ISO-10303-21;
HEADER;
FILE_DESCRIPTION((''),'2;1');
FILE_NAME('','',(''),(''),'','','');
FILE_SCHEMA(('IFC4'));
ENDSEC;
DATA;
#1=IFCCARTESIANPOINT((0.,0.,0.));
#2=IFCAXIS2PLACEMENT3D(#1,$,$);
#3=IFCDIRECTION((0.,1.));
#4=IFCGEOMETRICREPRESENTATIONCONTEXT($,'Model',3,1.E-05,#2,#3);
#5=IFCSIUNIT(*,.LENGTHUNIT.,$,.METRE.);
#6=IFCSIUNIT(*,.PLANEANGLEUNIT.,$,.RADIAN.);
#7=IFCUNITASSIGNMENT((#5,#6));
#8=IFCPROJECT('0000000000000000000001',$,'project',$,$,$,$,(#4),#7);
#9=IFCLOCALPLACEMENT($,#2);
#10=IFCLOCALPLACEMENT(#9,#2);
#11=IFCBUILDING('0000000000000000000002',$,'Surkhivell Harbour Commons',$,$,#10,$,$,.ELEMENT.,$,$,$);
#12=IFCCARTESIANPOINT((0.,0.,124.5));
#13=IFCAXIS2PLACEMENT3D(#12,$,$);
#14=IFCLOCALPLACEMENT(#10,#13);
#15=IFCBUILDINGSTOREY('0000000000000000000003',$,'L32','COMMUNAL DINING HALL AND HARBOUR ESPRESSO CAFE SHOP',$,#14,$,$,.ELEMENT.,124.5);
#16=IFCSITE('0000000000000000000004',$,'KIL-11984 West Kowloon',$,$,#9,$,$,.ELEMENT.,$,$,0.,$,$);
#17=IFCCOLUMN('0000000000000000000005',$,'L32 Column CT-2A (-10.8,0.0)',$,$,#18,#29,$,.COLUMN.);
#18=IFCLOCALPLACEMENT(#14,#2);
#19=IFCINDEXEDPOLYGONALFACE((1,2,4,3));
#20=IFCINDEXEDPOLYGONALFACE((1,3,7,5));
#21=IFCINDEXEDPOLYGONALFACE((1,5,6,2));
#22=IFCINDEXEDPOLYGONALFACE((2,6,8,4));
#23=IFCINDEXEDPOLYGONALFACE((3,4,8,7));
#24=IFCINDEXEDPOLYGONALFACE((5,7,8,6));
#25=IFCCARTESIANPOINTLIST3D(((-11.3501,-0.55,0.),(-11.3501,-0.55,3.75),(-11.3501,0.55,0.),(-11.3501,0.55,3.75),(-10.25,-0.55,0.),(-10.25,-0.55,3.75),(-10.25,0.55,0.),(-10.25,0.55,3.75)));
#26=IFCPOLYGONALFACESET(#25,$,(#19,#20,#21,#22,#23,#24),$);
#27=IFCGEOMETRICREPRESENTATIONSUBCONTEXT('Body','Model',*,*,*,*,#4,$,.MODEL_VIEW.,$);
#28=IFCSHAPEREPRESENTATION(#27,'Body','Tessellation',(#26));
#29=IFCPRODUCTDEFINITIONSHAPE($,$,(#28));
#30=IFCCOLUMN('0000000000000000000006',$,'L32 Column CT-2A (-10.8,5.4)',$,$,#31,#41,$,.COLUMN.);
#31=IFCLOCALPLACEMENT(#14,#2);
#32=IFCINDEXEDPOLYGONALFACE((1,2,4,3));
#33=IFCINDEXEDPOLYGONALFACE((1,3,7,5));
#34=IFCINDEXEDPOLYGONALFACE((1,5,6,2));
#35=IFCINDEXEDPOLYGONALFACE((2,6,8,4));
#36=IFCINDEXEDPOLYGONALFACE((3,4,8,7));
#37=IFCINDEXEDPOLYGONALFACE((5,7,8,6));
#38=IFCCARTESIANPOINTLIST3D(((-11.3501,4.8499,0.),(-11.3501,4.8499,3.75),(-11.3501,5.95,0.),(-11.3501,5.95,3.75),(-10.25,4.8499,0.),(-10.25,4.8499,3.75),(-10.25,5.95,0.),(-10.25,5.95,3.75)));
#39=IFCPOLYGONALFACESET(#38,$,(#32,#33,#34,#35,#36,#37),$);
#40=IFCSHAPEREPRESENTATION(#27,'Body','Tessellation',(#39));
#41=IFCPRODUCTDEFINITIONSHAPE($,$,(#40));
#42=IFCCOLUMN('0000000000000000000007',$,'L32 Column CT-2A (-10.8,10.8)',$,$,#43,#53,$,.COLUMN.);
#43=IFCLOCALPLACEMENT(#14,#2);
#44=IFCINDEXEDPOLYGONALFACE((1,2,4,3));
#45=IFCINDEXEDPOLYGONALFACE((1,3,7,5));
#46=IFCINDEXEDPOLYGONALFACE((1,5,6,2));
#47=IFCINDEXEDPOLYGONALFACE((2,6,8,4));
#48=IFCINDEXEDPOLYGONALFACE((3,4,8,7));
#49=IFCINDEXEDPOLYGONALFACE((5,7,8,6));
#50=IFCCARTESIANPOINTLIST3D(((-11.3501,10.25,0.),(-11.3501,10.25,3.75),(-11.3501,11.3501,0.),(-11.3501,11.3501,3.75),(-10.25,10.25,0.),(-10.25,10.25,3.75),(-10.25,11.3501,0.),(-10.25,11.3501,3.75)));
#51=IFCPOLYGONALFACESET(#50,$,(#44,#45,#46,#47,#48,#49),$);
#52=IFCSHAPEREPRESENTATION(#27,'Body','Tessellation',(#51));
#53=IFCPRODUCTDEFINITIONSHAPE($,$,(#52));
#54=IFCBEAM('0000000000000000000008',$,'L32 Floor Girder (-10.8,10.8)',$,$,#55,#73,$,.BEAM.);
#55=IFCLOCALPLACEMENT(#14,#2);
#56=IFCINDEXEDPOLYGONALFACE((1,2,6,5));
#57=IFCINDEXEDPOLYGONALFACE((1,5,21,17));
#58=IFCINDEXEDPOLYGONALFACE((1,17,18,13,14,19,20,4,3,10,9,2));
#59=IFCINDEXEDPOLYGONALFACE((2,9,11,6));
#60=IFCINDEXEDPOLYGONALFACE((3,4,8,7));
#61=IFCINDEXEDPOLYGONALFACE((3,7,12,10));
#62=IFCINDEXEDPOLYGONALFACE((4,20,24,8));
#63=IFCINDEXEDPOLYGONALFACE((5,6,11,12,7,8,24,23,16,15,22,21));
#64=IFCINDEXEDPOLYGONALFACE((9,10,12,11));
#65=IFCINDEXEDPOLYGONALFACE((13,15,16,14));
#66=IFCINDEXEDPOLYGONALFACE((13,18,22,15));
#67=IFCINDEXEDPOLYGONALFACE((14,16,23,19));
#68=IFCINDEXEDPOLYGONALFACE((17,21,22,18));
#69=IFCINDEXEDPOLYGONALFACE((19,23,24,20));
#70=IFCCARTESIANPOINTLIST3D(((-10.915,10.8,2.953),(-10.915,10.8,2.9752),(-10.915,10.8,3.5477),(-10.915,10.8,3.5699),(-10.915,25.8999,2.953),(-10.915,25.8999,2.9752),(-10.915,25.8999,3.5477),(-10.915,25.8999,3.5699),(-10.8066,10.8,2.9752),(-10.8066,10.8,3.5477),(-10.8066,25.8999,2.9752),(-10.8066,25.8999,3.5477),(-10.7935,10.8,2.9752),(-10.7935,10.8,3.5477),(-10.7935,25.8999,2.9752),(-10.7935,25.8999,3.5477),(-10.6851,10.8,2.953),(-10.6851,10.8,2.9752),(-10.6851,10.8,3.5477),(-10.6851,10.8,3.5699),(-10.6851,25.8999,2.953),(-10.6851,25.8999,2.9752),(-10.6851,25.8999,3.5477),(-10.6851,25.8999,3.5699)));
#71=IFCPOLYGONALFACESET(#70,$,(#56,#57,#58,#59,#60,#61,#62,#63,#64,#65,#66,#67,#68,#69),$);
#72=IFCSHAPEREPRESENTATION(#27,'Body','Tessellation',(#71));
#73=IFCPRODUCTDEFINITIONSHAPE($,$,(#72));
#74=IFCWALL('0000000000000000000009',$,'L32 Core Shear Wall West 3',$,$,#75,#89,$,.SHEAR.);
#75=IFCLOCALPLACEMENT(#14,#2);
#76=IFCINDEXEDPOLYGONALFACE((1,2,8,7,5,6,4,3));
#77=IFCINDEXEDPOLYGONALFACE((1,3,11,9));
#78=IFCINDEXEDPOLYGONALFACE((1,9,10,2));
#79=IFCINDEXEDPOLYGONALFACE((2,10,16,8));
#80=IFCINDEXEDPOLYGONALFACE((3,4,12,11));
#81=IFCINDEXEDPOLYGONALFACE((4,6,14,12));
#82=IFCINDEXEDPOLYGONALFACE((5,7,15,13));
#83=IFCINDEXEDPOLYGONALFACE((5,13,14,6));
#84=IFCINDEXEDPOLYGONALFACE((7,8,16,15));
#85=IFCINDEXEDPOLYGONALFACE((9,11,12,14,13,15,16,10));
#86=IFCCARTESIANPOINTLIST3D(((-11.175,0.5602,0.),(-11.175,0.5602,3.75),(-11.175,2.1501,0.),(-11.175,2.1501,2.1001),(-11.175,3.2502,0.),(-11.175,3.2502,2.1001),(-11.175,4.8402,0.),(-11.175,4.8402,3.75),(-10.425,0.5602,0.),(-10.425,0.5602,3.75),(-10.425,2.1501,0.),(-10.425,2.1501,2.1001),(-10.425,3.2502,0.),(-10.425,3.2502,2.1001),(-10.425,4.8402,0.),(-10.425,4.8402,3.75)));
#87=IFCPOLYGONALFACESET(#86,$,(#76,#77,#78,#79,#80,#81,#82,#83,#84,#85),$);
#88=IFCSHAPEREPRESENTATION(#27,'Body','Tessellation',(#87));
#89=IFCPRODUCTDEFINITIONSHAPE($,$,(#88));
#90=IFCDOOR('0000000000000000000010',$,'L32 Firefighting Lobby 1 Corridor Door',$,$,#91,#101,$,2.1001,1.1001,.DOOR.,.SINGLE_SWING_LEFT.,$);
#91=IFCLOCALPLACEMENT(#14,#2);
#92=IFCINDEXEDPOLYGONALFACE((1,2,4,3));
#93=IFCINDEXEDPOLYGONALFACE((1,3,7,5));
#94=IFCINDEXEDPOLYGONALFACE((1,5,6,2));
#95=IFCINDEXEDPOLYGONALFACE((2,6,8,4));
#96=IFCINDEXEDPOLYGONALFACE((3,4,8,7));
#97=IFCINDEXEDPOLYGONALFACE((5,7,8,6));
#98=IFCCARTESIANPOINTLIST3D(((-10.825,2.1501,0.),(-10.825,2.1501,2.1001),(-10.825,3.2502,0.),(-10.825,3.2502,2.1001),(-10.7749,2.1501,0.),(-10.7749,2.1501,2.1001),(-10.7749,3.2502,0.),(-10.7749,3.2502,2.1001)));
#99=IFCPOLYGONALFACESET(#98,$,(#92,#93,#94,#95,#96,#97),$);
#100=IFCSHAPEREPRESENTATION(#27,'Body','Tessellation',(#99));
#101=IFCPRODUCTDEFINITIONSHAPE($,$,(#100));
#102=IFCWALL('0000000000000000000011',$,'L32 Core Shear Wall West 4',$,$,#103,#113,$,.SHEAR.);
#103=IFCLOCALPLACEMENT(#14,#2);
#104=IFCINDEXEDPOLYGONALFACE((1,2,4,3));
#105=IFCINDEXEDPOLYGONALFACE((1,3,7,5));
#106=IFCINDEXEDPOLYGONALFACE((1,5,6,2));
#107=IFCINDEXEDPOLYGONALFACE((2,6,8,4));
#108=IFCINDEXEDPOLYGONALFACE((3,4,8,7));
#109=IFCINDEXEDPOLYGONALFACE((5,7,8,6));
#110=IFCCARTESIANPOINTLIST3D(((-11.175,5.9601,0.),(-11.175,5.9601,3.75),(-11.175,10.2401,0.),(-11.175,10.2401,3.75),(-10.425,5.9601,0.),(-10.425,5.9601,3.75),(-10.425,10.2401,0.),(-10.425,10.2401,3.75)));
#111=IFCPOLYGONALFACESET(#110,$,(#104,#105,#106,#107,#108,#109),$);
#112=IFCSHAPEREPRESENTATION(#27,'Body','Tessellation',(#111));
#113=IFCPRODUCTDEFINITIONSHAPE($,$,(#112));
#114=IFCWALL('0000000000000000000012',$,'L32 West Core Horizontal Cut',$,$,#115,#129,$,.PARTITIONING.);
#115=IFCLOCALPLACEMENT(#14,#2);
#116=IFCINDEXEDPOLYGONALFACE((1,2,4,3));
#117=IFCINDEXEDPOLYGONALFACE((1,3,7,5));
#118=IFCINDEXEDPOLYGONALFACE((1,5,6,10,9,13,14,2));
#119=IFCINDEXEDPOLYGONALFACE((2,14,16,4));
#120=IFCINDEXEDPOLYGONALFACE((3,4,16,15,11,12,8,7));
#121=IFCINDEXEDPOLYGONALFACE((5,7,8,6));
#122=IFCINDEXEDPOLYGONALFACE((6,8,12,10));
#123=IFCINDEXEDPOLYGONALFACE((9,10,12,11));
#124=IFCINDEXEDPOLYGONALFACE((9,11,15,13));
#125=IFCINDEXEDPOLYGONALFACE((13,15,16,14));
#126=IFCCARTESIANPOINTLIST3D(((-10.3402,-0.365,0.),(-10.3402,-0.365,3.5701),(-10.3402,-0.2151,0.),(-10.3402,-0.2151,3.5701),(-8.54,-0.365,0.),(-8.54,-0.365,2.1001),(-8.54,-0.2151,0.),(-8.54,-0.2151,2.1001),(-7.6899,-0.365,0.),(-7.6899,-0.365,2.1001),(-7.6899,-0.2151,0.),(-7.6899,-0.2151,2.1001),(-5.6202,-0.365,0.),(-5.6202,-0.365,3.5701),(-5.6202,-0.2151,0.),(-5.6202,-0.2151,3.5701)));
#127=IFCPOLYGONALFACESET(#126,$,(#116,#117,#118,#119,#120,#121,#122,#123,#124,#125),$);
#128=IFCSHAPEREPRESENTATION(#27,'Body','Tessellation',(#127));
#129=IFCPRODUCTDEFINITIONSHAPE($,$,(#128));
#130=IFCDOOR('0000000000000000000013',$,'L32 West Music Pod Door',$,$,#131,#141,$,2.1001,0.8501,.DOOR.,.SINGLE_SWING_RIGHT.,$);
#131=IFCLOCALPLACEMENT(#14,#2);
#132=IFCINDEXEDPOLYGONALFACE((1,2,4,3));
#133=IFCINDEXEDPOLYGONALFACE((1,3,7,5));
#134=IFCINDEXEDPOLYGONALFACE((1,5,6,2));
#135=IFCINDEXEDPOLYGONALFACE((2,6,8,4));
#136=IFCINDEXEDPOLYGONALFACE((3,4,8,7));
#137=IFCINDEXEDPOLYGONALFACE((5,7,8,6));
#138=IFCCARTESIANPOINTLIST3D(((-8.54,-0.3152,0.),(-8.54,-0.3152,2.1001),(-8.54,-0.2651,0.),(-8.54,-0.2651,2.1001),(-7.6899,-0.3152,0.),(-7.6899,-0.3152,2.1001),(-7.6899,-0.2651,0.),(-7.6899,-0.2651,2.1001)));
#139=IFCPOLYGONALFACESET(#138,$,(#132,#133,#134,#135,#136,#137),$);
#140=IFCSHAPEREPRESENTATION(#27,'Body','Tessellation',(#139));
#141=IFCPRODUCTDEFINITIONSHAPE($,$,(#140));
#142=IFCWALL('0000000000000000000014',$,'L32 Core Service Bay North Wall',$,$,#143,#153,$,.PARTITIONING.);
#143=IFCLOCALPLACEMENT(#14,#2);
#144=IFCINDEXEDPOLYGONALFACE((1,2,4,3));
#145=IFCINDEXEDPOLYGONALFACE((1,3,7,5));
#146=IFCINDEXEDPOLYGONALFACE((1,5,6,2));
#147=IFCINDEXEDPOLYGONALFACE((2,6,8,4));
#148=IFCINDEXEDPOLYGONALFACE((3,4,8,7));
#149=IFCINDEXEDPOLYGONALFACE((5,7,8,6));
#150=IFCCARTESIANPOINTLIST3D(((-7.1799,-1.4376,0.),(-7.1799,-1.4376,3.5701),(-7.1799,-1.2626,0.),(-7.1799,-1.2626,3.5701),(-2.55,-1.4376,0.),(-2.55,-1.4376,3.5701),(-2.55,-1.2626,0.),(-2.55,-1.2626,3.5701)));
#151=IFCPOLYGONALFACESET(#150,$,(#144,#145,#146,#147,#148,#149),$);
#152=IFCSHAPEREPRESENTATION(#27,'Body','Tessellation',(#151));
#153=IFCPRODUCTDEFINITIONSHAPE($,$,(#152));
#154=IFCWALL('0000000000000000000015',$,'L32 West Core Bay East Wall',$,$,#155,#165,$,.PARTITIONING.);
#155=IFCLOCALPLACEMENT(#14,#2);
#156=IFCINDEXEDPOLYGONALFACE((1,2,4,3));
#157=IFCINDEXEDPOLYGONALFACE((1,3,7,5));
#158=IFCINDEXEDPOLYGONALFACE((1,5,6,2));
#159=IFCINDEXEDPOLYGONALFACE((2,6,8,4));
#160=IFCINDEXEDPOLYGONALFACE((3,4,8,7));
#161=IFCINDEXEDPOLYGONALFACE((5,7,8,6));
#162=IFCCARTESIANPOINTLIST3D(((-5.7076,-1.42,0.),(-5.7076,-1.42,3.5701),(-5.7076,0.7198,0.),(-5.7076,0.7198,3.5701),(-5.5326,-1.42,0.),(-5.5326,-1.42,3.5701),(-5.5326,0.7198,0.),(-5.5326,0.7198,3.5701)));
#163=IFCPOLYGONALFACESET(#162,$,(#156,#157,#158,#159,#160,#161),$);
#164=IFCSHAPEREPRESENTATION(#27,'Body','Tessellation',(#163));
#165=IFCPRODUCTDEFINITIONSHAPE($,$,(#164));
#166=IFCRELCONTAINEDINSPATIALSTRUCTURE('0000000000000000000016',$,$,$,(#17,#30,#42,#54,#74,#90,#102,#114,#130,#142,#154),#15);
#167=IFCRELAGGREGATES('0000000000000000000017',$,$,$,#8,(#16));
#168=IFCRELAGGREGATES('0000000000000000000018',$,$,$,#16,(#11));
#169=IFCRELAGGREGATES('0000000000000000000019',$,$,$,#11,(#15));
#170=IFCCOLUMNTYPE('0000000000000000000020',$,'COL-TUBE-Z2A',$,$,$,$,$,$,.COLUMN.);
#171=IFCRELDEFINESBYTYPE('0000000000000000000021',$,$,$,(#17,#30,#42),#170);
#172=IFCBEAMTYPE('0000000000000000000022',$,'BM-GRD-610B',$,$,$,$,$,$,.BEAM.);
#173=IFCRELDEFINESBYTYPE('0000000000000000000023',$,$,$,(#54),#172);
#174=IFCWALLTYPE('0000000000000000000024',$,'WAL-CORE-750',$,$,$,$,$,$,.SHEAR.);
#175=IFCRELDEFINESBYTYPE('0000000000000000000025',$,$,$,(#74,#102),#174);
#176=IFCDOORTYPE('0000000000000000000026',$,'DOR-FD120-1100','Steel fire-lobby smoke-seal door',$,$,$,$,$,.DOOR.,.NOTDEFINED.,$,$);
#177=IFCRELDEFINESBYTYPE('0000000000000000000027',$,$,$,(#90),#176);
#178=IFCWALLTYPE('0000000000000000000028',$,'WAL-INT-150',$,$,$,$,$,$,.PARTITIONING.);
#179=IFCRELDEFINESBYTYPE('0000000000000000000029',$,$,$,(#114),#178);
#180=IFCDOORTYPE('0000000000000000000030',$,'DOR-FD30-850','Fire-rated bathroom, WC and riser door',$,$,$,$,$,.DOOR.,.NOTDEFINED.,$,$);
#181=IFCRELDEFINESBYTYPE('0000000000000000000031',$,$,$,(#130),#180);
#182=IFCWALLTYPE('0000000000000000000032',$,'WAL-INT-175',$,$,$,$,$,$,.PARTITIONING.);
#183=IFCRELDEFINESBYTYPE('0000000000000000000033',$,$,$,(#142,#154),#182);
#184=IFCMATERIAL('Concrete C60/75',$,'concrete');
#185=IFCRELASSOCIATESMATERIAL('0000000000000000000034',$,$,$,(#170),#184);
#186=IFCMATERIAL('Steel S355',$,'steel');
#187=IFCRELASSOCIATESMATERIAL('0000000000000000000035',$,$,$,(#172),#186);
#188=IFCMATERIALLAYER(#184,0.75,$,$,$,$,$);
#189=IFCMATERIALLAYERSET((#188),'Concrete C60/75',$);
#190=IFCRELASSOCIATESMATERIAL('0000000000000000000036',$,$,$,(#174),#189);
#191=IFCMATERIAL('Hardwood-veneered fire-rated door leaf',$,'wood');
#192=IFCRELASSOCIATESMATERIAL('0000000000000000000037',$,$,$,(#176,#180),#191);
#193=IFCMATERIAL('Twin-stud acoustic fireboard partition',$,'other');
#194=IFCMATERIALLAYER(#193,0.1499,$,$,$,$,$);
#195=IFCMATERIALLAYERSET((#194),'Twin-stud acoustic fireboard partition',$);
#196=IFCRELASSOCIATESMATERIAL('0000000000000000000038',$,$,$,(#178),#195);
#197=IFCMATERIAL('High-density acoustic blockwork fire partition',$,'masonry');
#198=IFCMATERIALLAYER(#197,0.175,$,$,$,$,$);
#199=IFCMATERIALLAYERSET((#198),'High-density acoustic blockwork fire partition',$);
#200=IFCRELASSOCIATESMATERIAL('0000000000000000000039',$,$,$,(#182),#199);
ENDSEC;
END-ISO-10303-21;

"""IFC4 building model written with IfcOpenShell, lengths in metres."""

from ifc_helpers import new_model, si_unit, direction, frame, frame_2d, origin, origin_2d, place, context, subcontext, project, spatial, rectangle, i_section, extrude, material, layer, layer_set, material_profile, profile_set, type_object, element, fill, save


model = new_model("IFC4")

# Units and contexts
model_context = context("Model", 3, precision=1e-05, world=origin(), true_north=direction((0.0, 1.0)))
body_context = subcontext(model_context, "Body", "Model", "MODEL_VIEW")
ifc_project = project(units=[si_unit("LENGTHUNIT", "METRE"), si_unit("PLANEANGLEUNIT", "RADIAN")], contexts=[model_context])

# Site, building, storey
site_placement = place(None, origin())
site = spatial("IfcSite", under=ifc_project, at=site_placement, Name="KIL-11984 West Kowloon", CompositionType="ELEMENT", RefElevation=0.0)
building_placement = place(site_placement, origin())
building = spatial("IfcBuilding", under=site, at=building_placement, Name="Surkhivell Harbour Commons", CompositionType="ELEMENT")
storey_placement = place(building_placement, frame((0.0, 0.0, 124.5)))
storey = spatial("IfcBuildingStorey", under=building, at=storey_placement, Name="L32", Description="COMMUNAL DINING HALL AND HARBOUR ESPRESSO CAFE SHOP", CompositionType="ELEMENT", Elevation=124.5)

# Columns
ifc_material_1 = material(Name="Concrete C60/75", Category="concrete")
ifc_material_profile_1 = material_profile(ifc_material_1, rectangle(XDim=1.1001, YDim=1.1001, at=origin_2d()), Name="RC-COL-1100x1100")
ifc_profile_set_1 = profile_set([ifc_material_profile_1], Name="Concrete C60/75")
column_type = type_object("IfcColumnType", Name="COL-TUBE-Z2A", PredefinedType="COLUMN", material=ifc_profile_set_1)
for number, where, z_axis, x_axis, name in (
    (1, (-10.8, 0.0, 0.0), (0.0, 0.0, 1.0), (1.0, 0.0, 0.0), "L32 Column CT-2A (-10.8,0.0)"),
    (2, (-10.8, 5.3999, 0.0), (0.0, 0.0, 1.0), (1.0, 0.0, 0.0), "L32 Column CT-2A (-10.8,5.4)"),
    (3, (-10.8, 10.8, 0.0), (0.0, 0.0, 1.0), (1.0, 0.0, 0.0), "L32 Column CT-2A (-10.8,10.8)"),
):
    element("IfcColumn", number, at=place(storey_placement, frame(where, z_axis=z_axis, x_axis=x_axis)), inside=storey, type_object=column_type, Name=name, PredefinedType="COLUMN", context=body_context, shape_type="SweptSolid", body=[
        extrude(rectangle(XDim=1.1001, YDim=1.1001, at=origin_2d()), origin(), (0.0, 0.0, 1.0), 3.75),
    ])

# Beam
ifc_material_2 = material(Name="Steel S355", Category="steel")
ifc_material_profile_2 = material_profile(ifc_material_2, i_section(OverallWidth=0.23, OverallDepth=0.6169, WebThickness=0.0132, FlangeThickness=0.0222, at=origin_2d()), Name="UB610x229x140")
ifc_profile_set_2 = profile_set([ifc_material_profile_2], Name="Steel S355")
beam_type = type_object("IfcBeamType", Name="BM-GRD-610B", PredefinedType="BEAM", material=ifc_profile_set_2)
beam_placement = place(storey_placement, frame((-10.8, 10.8, 3.2615), z_axis=(0.0, 1.0, 0.0), x_axis=(-1.0, 0.0, 0.0)))
element("IfcBeam", 4, at=beam_placement, inside=storey, type_object=beam_type, Name="L32 Floor Girder (-10.8,10.8)", PredefinedType="BEAM", context=body_context, shape_type="SweptSolid", body=[
    extrude(i_section(OverallWidth=0.23, OverallDepth=0.6169, WebThickness=0.0132, FlangeThickness=0.0222, at=origin_2d()), origin(), (0.0, 0.0, 1.0), 15.0999),
])

# Wall, opening, door
ifc_layer_1 = layer(ifc_material_1, 0.75)
ifc_layer_set_1 = layer_set([ifc_layer_1], Name="Concrete C60/75")
wall_type_1 = type_object("IfcWallType", Name="WAL-CORE-750", PredefinedType="SHEAR", material=ifc_layer_set_1)
wall_1_placement = place(storey_placement, frame((-10.8, 0.5601, 0.0), z_axis=(0.0, 0.0, 1.0), x_axis=(0.0, 1.0, 0.0)))
wall_1 = element("IfcWall", 5, at=wall_1_placement, inside=storey, type_object=wall_type_1, Name="L32 Core Shear Wall West 3", PredefinedType="SHEAR", context=body_context, shape_type="SweptSolid", body=[
    extrude(rectangle(XDim=4.28, YDim=0.75, at=frame_2d((2.1401, 0.0))), origin(), (0.0, 0.0, 1.0), 3.75),
])
opening_1_placement = place(wall_1_placement, frame((1.5901, 0.0, 0.0)))
opening_1 = element("IfcOpeningElement", 6, at=opening_1_placement, cuts=wall_1, PredefinedType="OPENING", context=body_context, shape_type="SweptSolid", body=[
    extrude(rectangle(XDim=1.1001, YDim=2.1001, at=frame_2d((0.55, 1.05))), frame((0.0, 0.385, 0.0), z_axis=(0.0, -1.0, 0.0), x_axis=(1.0, 0.0, 0.0)), (0.0, 0.0, 1.0), 0.77),
])
ifc_material_3 = material(Name="Hardwood-veneered fire-rated door leaf", Category="wood")
door_type_1 = type_object("IfcDoorType", Name="DOR-FD120-1100", Description="Steel fire-lobby smoke-seal door", OperationType="NOTDEFINED", PredefinedType="DOOR", material=ifc_material_3)
door_1_placement = place(opening_1_placement, origin())
door_1 = element("IfcDoor", 7, at=door_1_placement, inside=storey, type_object=door_type_1, Name="L32 Firefighting Lobby 1 Corridor Door", OperationType="SINGLE_SWING_LEFT", OverallHeight=2.1001, OverallWidth=1.1001, PredefinedType="DOOR", context=body_context, shape_type="SweptSolid", body=[
    extrude(rectangle(XDim=1.1001, YDim=2.1001, at=frame_2d((0.55, 1.05))), frame((0.0, 0.0249, 0.0), z_axis=(0.0, -1.0, 0.0), x_axis=(1.0, 0.0, 0.0)), (0.0, 0.0, 1.0), 0.05),
])
fill(opening_1, door_1)

# Wall
wall_2_placement = place(storey_placement, frame((-10.8, 5.96, 0.0), z_axis=(0.0, 0.0, 1.0), x_axis=(0.0, 1.0, 0.0)))
element("IfcWall", 8, at=wall_2_placement, inside=storey, type_object=wall_type_1, Name="L32 Core Shear Wall West 4", PredefinedType="SHEAR", context=body_context, shape_type="SweptSolid", body=[
    extrude(rectangle(XDim=4.28, YDim=0.75, at=frame_2d((2.1401, 0.0))), origin(), (0.0, 0.0, 1.0), 3.75),
])

# Wall, opening, door
ifc_material_4 = material(Name="Twin-stud acoustic fireboard partition", Category="other")
ifc_layer_2 = layer(ifc_material_4, 0.1499)
ifc_layer_set_2 = layer_set([ifc_layer_2], Name="Twin-stud acoustic fireboard partition")
wall_type_2 = type_object("IfcWallType", Name="WAL-INT-150", PredefinedType="PARTITIONING", material=ifc_layer_set_2)
wall_3_placement = place(storey_placement, frame((-10.3401, -0.29, 0.0), z_axis=(0.0, 0.0, 1.0), x_axis=(1.0, 0.0, 0.0)))
wall_3 = element("IfcWall", 9, at=wall_3_placement, inside=storey, type_object=wall_type_2, Name="L32 West Core Horizontal Cut", PredefinedType="PARTITIONING", context=body_context, shape_type="SweptSolid", body=[
    extrude(rectangle(XDim=4.72, YDim=0.1499, at=frame_2d((2.3599, 0.0))), origin(), (0.0, 0.0, 1.0), 3.5701),
])
opening_2_placement = place(wall_3_placement, frame((1.8, 0.0, 0.0)))
opening_2 = element("IfcOpeningElement", 10, at=opening_2_placement, cuts=wall_3, PredefinedType="OPENING", context=body_context, shape_type="SweptSolid", body=[
    extrude(rectangle(XDim=0.8501, YDim=2.1001, at=frame_2d((0.425, 1.05))), frame((0.0, 0.085, 0.0), z_axis=(0.0, -1.0, 0.0), x_axis=(1.0, 0.0, 0.0)), (0.0, 0.0, 1.0), 0.1699),
])
door_type_2 = type_object("IfcDoorType", Name="DOR-FD30-850", Description="Fire-rated bathroom, WC and riser door", OperationType="NOTDEFINED", PredefinedType="DOOR", material=ifc_material_3)
door_2_placement = place(opening_2_placement, origin())
door_2 = element("IfcDoor", 11, at=door_2_placement, inside=storey, type_object=door_type_2, Name="L32 West Music Pod Door", OperationType="SINGLE_SWING_RIGHT", OverallHeight=2.1001, OverallWidth=0.8501, PredefinedType="DOOR", context=body_context, shape_type="SweptSolid", body=[
    extrude(rectangle(XDim=0.8501, YDim=2.1001, at=frame_2d((0.425, 1.05))), frame((0.0, 0.0249, 0.0), z_axis=(0.0, -1.0, 0.0), x_axis=(1.0, 0.0, 0.0)), (0.0, 0.0, 1.0), 0.05),
])
fill(opening_2, door_2)

# Walls
ifc_material_5 = material(Name="High-density acoustic blockwork fire partition", Category="masonry")
ifc_layer_3 = layer(ifc_material_5, 0.175)
ifc_layer_set_3 = layer_set([ifc_layer_3], Name="High-density acoustic blockwork fire partition")
wall_type_3 = type_object("IfcWallType", Name="WAL-INT-175", PredefinedType="PARTITIONING", material=ifc_layer_set_3)
wall_4_placement = place(storey_placement, frame((-7.1799, -1.3501, 0.0), z_axis=(0.0, 0.0, 1.0), x_axis=(1.0, 0.0, 0.0)))
element("IfcWall", 12, at=wall_4_placement, inside=storey, type_object=wall_type_3, Name="L32 Core Service Bay North Wall", PredefinedType="PARTITIONING", context=body_context, shape_type="SweptSolid", body=[
    extrude(rectangle(XDim=4.6299, YDim=0.175, at=frame_2d((2.3149, 0.0))), origin(), (0.0, 0.0, 1.0), 3.5701),
])
wall_5_placement = place(storey_placement, frame((-5.6201, -1.4199, 0.0), z_axis=(0.0, 0.0, 1.0), x_axis=(0.0, 1.0, 0.0)))
element("IfcWall", 13, at=wall_5_placement, inside=storey, type_object=wall_type_3, Name="L32 West Core Bay East Wall", PredefinedType="PARTITIONING", context=body_context, shape_type="SweptSolid", body=[
    extrude(rectangle(XDim=2.1399, YDim=0.175, at=frame_2d((1.0698, 0.0))), origin(), (0.0, 0.0, 1.0), 3.5701),
])

save(model, "model.ifc")
